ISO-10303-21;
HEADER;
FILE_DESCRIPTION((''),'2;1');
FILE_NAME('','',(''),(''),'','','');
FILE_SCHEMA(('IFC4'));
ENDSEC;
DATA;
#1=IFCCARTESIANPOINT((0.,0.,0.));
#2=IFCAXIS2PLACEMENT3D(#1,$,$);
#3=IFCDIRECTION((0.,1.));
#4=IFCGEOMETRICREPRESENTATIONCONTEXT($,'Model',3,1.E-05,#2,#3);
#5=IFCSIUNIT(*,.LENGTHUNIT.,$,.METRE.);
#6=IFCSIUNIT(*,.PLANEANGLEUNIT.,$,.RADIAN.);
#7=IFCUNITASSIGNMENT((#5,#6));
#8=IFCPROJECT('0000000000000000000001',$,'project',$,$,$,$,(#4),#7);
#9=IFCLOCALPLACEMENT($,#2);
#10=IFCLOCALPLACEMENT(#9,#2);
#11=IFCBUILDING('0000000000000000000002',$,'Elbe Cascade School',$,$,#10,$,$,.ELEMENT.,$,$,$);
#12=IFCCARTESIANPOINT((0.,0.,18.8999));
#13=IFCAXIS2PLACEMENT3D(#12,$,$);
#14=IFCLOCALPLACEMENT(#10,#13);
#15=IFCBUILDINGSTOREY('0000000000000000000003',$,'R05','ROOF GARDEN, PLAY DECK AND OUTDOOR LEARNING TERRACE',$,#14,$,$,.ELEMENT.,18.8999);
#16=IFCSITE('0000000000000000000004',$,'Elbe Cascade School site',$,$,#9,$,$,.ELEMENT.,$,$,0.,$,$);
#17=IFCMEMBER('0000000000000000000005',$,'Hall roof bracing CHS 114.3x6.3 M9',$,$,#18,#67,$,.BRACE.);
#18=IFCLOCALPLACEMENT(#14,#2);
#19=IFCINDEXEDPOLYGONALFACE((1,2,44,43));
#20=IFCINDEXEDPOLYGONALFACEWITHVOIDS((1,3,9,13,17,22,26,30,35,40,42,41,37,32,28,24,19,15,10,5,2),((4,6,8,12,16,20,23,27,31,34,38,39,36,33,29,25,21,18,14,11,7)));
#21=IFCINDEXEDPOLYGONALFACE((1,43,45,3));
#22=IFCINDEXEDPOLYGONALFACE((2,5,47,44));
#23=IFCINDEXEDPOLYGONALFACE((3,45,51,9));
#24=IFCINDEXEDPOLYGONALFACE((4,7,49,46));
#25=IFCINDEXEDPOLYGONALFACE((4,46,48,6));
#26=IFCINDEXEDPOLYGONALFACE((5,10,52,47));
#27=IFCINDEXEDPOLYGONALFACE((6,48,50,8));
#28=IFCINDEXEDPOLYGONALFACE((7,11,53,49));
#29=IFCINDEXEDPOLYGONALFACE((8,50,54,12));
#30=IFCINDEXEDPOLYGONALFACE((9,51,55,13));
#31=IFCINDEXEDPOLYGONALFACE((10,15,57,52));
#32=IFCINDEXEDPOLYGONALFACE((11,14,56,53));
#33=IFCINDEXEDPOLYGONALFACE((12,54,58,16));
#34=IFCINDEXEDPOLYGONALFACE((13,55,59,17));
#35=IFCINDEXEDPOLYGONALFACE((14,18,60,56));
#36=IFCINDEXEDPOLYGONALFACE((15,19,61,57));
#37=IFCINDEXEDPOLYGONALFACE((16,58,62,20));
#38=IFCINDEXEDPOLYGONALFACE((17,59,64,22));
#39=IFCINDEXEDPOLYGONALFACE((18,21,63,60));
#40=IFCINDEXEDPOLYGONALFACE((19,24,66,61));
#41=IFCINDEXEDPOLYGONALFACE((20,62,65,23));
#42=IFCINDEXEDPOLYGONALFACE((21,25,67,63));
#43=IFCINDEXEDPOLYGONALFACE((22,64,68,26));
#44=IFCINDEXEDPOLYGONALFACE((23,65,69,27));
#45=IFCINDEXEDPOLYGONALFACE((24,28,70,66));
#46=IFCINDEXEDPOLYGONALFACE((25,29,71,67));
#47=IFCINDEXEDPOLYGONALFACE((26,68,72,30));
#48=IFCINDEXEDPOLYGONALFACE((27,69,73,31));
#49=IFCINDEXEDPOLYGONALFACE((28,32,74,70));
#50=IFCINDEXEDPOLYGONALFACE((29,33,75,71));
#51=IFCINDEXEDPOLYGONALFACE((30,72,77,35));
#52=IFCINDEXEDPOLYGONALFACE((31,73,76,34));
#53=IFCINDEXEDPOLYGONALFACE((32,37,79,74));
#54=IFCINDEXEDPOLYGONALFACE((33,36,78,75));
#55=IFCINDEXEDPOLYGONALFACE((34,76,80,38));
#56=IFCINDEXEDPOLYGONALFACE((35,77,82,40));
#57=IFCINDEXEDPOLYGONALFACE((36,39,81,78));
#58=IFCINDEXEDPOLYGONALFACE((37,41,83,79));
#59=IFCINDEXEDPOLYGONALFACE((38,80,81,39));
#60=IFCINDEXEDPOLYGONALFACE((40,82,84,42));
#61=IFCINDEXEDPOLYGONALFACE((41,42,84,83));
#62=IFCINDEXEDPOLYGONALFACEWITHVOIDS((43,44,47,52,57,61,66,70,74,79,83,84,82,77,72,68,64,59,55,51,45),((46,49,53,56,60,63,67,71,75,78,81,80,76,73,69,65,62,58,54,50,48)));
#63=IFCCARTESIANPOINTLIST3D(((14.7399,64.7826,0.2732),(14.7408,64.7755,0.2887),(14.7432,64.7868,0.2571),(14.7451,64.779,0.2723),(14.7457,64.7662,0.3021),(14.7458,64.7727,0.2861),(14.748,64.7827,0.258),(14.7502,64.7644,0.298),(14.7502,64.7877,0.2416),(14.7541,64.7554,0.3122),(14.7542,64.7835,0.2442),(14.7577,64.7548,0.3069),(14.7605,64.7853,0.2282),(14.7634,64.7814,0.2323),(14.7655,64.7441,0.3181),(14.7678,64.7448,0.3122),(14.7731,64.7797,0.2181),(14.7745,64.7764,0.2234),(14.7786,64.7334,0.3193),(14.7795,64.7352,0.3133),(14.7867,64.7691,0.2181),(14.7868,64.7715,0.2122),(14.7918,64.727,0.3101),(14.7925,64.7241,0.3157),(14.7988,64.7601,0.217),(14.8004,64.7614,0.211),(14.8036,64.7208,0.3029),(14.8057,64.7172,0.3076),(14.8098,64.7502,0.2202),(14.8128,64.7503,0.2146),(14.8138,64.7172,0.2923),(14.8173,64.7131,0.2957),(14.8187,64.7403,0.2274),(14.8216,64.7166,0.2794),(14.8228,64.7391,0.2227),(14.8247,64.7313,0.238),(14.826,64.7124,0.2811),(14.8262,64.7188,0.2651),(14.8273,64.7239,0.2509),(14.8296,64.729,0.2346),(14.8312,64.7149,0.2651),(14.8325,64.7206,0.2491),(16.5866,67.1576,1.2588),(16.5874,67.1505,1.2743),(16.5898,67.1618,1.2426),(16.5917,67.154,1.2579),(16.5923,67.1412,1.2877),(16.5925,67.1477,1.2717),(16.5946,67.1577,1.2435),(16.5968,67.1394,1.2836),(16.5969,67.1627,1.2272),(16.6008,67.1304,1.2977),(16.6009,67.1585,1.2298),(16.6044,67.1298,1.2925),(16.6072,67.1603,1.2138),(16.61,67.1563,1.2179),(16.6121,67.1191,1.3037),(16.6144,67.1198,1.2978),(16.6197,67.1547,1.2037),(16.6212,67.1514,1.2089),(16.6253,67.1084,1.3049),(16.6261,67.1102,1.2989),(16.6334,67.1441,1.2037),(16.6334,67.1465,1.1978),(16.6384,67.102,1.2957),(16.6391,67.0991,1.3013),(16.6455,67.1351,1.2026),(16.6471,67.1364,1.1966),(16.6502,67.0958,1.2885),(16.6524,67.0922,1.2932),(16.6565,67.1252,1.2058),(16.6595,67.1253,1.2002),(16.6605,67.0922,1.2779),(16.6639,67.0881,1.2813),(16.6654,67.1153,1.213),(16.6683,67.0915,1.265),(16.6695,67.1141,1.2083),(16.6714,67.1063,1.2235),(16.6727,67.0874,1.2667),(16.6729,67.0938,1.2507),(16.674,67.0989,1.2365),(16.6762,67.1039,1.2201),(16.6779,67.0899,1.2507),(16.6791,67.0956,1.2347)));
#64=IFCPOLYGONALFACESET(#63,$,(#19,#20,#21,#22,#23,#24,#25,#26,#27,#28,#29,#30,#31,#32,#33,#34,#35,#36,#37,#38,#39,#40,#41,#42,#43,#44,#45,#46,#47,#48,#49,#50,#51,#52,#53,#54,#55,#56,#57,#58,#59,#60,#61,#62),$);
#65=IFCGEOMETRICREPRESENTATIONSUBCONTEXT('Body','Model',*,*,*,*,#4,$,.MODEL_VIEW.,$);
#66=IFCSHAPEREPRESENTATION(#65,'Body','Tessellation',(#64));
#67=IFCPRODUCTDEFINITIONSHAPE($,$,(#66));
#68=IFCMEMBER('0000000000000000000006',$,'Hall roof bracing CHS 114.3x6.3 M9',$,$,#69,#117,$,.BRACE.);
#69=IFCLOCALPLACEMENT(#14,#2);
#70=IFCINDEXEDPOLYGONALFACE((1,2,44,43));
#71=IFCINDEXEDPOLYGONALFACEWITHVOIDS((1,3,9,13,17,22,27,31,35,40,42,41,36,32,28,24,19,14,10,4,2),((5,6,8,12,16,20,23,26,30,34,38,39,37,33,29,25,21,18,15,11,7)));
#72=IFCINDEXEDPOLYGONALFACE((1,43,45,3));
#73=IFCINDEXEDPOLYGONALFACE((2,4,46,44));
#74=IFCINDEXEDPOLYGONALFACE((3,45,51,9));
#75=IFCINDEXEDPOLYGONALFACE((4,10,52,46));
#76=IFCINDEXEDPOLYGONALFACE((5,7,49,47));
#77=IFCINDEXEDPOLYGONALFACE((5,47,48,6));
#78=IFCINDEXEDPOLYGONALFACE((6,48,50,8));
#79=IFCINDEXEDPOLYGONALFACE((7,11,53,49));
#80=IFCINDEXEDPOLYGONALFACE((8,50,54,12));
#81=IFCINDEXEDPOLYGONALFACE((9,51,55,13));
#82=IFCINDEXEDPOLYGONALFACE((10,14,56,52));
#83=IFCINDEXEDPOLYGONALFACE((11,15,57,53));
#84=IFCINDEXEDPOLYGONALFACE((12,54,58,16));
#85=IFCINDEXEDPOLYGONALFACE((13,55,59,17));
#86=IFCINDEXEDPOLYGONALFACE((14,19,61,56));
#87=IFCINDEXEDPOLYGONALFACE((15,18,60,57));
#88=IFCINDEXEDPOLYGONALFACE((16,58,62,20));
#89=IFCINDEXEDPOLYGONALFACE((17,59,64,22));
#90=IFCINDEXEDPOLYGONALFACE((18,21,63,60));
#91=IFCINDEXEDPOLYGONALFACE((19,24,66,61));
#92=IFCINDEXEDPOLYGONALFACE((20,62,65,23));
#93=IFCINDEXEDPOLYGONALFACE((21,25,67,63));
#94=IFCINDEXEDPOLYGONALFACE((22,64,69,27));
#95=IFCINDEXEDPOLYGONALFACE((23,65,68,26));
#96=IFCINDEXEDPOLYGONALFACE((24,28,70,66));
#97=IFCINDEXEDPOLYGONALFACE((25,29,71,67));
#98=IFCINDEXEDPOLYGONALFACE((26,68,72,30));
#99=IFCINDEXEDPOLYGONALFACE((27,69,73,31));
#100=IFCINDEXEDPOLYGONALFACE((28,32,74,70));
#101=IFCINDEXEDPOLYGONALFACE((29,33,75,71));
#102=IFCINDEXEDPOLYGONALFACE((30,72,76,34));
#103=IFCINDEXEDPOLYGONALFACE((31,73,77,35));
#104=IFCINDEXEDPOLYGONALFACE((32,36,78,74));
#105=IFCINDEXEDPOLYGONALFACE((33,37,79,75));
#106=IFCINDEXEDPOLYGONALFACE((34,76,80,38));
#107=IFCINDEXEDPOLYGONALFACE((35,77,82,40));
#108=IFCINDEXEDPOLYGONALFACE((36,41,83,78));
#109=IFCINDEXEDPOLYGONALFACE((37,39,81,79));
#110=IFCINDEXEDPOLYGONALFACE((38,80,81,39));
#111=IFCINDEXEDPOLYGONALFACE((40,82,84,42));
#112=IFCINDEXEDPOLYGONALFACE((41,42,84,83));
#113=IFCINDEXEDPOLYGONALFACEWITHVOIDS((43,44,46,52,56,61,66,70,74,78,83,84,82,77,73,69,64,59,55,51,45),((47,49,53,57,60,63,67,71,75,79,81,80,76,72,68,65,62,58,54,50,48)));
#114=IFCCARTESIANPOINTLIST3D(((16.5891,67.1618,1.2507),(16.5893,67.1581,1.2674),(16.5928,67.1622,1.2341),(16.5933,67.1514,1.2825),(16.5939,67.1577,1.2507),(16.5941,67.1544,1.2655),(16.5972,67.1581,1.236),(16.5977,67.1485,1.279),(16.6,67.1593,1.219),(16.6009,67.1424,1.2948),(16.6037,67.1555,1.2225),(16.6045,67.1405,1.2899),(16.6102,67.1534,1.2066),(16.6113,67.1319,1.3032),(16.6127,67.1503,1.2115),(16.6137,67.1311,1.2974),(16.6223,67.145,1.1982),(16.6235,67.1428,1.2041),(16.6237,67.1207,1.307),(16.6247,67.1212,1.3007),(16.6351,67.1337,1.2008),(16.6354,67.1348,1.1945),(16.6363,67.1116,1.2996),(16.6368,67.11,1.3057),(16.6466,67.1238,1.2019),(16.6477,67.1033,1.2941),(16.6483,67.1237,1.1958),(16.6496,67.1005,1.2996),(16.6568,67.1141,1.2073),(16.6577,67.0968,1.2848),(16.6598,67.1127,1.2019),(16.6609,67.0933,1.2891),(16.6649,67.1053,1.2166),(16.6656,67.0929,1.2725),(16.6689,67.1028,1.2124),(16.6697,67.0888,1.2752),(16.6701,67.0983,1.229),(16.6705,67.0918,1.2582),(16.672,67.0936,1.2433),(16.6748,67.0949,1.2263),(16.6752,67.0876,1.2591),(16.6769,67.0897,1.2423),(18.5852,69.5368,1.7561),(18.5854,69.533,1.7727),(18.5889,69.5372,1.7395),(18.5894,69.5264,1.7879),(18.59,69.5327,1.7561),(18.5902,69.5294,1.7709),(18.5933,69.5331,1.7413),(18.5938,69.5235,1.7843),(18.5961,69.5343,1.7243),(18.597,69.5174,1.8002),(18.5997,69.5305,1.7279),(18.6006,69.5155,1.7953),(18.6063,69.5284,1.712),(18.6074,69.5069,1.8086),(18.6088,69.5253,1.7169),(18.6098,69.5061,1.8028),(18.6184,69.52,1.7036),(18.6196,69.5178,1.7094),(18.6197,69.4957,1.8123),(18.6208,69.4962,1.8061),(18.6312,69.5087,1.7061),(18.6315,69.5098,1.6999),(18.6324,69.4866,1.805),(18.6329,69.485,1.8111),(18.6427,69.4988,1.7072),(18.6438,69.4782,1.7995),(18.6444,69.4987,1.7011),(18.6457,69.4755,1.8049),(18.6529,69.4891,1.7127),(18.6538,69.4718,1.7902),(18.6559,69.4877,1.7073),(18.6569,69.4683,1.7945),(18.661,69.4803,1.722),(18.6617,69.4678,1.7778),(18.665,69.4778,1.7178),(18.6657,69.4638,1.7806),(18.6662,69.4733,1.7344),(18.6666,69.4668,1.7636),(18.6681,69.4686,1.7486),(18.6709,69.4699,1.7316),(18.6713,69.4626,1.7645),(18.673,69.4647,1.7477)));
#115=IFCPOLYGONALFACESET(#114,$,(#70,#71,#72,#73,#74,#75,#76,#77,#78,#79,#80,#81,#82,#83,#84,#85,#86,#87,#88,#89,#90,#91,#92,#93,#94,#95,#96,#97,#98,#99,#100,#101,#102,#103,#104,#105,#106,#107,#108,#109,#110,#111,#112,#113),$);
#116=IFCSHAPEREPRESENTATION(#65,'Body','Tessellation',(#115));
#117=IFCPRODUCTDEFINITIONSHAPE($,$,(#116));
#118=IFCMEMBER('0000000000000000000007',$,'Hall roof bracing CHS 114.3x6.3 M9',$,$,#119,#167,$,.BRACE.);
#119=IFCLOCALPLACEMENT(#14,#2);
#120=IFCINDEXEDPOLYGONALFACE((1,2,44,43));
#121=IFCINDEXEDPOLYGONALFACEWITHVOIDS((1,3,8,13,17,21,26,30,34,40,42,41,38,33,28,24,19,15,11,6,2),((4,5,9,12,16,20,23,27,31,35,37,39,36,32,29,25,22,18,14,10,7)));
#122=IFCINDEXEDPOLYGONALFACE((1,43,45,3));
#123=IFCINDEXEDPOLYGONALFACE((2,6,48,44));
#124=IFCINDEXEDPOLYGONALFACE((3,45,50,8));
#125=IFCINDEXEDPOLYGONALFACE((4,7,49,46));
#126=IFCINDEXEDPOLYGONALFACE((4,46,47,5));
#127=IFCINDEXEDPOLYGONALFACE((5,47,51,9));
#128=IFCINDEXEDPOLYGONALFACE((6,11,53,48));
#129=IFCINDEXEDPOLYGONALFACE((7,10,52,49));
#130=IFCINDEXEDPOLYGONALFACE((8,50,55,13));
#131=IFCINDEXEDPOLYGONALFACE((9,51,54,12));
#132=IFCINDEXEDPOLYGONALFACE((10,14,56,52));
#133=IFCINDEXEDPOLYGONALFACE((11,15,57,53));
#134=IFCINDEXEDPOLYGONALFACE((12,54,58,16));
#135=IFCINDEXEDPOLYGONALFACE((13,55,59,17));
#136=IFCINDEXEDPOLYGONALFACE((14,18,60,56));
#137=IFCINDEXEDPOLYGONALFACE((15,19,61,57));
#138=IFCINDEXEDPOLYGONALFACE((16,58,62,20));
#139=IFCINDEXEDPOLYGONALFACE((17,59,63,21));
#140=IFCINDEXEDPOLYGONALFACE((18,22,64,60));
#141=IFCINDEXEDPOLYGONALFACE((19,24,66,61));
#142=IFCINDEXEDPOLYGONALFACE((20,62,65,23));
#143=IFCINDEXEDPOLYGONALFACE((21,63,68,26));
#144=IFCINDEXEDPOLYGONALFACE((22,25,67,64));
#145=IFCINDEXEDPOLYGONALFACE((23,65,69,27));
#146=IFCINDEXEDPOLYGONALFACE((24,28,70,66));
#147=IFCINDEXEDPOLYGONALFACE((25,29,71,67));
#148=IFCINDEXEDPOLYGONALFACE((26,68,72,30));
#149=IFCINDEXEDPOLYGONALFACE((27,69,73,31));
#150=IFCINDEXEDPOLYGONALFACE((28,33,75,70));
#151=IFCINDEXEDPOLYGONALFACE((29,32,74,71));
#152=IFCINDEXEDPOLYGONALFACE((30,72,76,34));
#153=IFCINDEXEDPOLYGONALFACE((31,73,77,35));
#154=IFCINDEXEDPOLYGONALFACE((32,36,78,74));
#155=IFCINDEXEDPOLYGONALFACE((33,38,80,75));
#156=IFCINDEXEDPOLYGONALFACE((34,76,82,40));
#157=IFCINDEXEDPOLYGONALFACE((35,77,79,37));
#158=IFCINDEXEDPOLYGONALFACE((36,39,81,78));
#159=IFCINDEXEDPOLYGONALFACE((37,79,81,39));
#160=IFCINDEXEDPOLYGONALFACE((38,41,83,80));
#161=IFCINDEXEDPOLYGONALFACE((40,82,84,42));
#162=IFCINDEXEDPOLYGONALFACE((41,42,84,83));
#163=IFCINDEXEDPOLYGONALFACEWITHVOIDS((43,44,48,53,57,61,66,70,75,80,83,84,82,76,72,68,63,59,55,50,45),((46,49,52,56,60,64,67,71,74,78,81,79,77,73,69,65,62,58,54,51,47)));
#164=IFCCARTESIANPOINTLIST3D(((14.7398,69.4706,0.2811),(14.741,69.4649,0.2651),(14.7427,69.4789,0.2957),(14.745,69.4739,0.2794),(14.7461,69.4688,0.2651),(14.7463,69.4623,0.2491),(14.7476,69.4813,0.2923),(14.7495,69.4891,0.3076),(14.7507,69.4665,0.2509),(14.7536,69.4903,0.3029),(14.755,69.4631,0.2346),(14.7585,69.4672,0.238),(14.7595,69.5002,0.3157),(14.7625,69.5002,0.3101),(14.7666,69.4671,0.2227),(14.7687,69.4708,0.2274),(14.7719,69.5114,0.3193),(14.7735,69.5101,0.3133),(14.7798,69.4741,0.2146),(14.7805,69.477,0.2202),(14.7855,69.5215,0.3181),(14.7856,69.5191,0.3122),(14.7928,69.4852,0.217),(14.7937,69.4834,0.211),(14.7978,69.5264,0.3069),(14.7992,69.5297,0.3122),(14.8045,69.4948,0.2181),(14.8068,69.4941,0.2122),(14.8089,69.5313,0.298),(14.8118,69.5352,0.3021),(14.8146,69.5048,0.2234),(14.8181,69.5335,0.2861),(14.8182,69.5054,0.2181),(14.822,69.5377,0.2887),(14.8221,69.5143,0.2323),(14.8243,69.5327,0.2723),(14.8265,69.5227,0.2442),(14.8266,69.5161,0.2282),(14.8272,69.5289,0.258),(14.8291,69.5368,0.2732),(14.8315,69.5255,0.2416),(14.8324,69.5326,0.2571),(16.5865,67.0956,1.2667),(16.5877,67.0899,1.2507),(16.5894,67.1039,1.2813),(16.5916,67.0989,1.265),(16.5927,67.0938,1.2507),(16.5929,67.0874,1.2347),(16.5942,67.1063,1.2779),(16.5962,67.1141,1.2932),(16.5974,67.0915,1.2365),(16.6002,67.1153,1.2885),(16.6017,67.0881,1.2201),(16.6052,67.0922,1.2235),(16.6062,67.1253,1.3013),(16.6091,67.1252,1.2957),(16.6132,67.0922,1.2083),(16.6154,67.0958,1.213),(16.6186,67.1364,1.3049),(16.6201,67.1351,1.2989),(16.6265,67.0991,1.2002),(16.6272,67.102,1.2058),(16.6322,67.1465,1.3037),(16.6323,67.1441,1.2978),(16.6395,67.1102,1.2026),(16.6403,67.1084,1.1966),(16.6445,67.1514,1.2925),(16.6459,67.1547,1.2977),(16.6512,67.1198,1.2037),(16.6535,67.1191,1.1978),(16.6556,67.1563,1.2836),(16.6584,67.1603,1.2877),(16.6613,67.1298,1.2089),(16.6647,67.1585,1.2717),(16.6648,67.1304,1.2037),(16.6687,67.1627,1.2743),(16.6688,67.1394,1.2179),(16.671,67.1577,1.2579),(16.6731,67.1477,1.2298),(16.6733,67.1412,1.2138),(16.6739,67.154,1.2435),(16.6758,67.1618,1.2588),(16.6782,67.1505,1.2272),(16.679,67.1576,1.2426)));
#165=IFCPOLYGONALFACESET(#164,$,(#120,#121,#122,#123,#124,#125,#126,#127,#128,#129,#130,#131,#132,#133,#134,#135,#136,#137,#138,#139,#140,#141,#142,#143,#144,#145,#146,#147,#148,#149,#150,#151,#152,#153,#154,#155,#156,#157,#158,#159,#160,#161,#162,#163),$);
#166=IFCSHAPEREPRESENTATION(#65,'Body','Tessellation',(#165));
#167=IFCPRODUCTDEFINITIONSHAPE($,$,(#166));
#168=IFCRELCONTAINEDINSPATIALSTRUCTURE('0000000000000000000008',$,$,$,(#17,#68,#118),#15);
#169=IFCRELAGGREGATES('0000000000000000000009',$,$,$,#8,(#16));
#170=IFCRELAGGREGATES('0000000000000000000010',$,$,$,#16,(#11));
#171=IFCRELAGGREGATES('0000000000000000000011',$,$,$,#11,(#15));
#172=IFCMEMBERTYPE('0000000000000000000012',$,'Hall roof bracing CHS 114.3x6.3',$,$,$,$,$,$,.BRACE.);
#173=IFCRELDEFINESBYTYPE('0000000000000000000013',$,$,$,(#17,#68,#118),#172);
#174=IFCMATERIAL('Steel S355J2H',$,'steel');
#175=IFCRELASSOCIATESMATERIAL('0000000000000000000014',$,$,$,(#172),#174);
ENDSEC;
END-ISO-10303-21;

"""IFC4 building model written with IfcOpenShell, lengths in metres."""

from ifc_helpers import new_model, si_unit, direction, frame, origin, origin_2d, place, context, subcontext, project, spatial, hollow_circle, extrude, material, material_profile, profile_set, type_object, element, save


model = new_model("IFC4")

# Units and contexts
model_context = context("Model", 3, precision=1e-05, world=origin(), true_north=direction((0.0, 1.0)))
body_context = subcontext(model_context, "Body", "Model", "MODEL_VIEW")
ifc_project = project(units=[si_unit("LENGTHUNIT", "METRE"), si_unit("PLANEANGLEUNIT", "RADIAN")], contexts=[model_context])

# Site, building, storey
site_placement = place(None, origin())
site = spatial("IfcSite", under=ifc_project, at=site_placement, Name="Elbe Cascade School site", CompositionType="ELEMENT", RefElevation=0.0)
building_placement = place(site_placement, origin())
building = spatial("IfcBuilding", under=site, at=building_placement, Name="Elbe Cascade School", CompositionType="ELEMENT")
storey_placement = place(building_placement, frame((0.0, 0.0, 18.8999)))
storey = spatial("IfcBuildingStorey", under=building, at=storey_placement, Name="R05", Description="ROOF GARDEN, PLAY DECK AND OUTDOOR LEARNING TERRACE", CompositionType="ELEMENT", Elevation=18.8999)

# Members
ifc_material_1 = material(Name="Steel S355J2H", Category="steel")
ifc_material_profile_1 = material_profile(ifc_material_1, hollow_circle(Radius=0.0571, WallThickness=0.0063, at=origin_2d()), Name="CHS 114.3x6.3")
ifc_profile_set_1 = profile_set([ifc_material_profile_1], Name="Steel S355J2H")
member_type_1 = type_object("IfcMemberType", Name="Hall roof bracing CHS 114.3x6.3", PredefinedType="BRACE", material=ifc_profile_set_1)
member_1_placement = place(storey_placement, frame((16.6328, 67.125, 1.2507), z_axis=(-0.583323, -0.750207, -0.311327), x_axis=(0.78944, -0.613828, 0.0)))
element("IfcMember", 1, at=member_1_placement, inside=storey, type_object=member_type_1, Name="Hall roof bracing CHS 114.3x6.3 M9", PredefinedType="BRACE", context=body_context, shape_type="SweptSolid", body=[
    extrude(hollow_circle(Radius=0.0571, WallThickness=0.0063, at=origin_2d()), origin(), (0.0, 0.0, 1.0), 3.1658),
])
member_2_placement = place(storey_placement, frame((16.6328, 67.125, 1.2507), z_axis=(0.635029, 0.755572, 0.160777), x_axis=(-0.765531, 0.643399, 0.0)))
element("IfcMember", 2, at=member_2_placement, inside=storey, type_object=member_type_1, Name="Hall roof bracing CHS 114.3x6.3 M9", PredefinedType="BRACE", context=body_context, shape_type="SweptSolid", body=[
    extrude(hollow_circle(Radius=0.0571, WallThickness=0.0063, at=origin_2d()), origin(), (0.0, 0.0, 1.0), 3.1433),
])
member_3_placement = place(storey_placement, frame((16.6328, 67.125, 1.2507), z_axis=(-0.583323, 0.750207, -0.311327), x_axis=(-0.78944, -0.613828, 0.0)))
element("IfcMember", 3, at=member_3_placement, inside=storey, type_object=member_type_1, Name="Hall roof bracing CHS 114.3x6.3 M9", PredefinedType="BRACE", context=body_context, shape_type="SweptSolid", body=[
    extrude(hollow_circle(Radius=0.0571, WallThickness=0.0063, at=origin_2d()), origin(), (0.0, 0.0, 1.0), 3.1658),
])

save(model, "model.ifc")
